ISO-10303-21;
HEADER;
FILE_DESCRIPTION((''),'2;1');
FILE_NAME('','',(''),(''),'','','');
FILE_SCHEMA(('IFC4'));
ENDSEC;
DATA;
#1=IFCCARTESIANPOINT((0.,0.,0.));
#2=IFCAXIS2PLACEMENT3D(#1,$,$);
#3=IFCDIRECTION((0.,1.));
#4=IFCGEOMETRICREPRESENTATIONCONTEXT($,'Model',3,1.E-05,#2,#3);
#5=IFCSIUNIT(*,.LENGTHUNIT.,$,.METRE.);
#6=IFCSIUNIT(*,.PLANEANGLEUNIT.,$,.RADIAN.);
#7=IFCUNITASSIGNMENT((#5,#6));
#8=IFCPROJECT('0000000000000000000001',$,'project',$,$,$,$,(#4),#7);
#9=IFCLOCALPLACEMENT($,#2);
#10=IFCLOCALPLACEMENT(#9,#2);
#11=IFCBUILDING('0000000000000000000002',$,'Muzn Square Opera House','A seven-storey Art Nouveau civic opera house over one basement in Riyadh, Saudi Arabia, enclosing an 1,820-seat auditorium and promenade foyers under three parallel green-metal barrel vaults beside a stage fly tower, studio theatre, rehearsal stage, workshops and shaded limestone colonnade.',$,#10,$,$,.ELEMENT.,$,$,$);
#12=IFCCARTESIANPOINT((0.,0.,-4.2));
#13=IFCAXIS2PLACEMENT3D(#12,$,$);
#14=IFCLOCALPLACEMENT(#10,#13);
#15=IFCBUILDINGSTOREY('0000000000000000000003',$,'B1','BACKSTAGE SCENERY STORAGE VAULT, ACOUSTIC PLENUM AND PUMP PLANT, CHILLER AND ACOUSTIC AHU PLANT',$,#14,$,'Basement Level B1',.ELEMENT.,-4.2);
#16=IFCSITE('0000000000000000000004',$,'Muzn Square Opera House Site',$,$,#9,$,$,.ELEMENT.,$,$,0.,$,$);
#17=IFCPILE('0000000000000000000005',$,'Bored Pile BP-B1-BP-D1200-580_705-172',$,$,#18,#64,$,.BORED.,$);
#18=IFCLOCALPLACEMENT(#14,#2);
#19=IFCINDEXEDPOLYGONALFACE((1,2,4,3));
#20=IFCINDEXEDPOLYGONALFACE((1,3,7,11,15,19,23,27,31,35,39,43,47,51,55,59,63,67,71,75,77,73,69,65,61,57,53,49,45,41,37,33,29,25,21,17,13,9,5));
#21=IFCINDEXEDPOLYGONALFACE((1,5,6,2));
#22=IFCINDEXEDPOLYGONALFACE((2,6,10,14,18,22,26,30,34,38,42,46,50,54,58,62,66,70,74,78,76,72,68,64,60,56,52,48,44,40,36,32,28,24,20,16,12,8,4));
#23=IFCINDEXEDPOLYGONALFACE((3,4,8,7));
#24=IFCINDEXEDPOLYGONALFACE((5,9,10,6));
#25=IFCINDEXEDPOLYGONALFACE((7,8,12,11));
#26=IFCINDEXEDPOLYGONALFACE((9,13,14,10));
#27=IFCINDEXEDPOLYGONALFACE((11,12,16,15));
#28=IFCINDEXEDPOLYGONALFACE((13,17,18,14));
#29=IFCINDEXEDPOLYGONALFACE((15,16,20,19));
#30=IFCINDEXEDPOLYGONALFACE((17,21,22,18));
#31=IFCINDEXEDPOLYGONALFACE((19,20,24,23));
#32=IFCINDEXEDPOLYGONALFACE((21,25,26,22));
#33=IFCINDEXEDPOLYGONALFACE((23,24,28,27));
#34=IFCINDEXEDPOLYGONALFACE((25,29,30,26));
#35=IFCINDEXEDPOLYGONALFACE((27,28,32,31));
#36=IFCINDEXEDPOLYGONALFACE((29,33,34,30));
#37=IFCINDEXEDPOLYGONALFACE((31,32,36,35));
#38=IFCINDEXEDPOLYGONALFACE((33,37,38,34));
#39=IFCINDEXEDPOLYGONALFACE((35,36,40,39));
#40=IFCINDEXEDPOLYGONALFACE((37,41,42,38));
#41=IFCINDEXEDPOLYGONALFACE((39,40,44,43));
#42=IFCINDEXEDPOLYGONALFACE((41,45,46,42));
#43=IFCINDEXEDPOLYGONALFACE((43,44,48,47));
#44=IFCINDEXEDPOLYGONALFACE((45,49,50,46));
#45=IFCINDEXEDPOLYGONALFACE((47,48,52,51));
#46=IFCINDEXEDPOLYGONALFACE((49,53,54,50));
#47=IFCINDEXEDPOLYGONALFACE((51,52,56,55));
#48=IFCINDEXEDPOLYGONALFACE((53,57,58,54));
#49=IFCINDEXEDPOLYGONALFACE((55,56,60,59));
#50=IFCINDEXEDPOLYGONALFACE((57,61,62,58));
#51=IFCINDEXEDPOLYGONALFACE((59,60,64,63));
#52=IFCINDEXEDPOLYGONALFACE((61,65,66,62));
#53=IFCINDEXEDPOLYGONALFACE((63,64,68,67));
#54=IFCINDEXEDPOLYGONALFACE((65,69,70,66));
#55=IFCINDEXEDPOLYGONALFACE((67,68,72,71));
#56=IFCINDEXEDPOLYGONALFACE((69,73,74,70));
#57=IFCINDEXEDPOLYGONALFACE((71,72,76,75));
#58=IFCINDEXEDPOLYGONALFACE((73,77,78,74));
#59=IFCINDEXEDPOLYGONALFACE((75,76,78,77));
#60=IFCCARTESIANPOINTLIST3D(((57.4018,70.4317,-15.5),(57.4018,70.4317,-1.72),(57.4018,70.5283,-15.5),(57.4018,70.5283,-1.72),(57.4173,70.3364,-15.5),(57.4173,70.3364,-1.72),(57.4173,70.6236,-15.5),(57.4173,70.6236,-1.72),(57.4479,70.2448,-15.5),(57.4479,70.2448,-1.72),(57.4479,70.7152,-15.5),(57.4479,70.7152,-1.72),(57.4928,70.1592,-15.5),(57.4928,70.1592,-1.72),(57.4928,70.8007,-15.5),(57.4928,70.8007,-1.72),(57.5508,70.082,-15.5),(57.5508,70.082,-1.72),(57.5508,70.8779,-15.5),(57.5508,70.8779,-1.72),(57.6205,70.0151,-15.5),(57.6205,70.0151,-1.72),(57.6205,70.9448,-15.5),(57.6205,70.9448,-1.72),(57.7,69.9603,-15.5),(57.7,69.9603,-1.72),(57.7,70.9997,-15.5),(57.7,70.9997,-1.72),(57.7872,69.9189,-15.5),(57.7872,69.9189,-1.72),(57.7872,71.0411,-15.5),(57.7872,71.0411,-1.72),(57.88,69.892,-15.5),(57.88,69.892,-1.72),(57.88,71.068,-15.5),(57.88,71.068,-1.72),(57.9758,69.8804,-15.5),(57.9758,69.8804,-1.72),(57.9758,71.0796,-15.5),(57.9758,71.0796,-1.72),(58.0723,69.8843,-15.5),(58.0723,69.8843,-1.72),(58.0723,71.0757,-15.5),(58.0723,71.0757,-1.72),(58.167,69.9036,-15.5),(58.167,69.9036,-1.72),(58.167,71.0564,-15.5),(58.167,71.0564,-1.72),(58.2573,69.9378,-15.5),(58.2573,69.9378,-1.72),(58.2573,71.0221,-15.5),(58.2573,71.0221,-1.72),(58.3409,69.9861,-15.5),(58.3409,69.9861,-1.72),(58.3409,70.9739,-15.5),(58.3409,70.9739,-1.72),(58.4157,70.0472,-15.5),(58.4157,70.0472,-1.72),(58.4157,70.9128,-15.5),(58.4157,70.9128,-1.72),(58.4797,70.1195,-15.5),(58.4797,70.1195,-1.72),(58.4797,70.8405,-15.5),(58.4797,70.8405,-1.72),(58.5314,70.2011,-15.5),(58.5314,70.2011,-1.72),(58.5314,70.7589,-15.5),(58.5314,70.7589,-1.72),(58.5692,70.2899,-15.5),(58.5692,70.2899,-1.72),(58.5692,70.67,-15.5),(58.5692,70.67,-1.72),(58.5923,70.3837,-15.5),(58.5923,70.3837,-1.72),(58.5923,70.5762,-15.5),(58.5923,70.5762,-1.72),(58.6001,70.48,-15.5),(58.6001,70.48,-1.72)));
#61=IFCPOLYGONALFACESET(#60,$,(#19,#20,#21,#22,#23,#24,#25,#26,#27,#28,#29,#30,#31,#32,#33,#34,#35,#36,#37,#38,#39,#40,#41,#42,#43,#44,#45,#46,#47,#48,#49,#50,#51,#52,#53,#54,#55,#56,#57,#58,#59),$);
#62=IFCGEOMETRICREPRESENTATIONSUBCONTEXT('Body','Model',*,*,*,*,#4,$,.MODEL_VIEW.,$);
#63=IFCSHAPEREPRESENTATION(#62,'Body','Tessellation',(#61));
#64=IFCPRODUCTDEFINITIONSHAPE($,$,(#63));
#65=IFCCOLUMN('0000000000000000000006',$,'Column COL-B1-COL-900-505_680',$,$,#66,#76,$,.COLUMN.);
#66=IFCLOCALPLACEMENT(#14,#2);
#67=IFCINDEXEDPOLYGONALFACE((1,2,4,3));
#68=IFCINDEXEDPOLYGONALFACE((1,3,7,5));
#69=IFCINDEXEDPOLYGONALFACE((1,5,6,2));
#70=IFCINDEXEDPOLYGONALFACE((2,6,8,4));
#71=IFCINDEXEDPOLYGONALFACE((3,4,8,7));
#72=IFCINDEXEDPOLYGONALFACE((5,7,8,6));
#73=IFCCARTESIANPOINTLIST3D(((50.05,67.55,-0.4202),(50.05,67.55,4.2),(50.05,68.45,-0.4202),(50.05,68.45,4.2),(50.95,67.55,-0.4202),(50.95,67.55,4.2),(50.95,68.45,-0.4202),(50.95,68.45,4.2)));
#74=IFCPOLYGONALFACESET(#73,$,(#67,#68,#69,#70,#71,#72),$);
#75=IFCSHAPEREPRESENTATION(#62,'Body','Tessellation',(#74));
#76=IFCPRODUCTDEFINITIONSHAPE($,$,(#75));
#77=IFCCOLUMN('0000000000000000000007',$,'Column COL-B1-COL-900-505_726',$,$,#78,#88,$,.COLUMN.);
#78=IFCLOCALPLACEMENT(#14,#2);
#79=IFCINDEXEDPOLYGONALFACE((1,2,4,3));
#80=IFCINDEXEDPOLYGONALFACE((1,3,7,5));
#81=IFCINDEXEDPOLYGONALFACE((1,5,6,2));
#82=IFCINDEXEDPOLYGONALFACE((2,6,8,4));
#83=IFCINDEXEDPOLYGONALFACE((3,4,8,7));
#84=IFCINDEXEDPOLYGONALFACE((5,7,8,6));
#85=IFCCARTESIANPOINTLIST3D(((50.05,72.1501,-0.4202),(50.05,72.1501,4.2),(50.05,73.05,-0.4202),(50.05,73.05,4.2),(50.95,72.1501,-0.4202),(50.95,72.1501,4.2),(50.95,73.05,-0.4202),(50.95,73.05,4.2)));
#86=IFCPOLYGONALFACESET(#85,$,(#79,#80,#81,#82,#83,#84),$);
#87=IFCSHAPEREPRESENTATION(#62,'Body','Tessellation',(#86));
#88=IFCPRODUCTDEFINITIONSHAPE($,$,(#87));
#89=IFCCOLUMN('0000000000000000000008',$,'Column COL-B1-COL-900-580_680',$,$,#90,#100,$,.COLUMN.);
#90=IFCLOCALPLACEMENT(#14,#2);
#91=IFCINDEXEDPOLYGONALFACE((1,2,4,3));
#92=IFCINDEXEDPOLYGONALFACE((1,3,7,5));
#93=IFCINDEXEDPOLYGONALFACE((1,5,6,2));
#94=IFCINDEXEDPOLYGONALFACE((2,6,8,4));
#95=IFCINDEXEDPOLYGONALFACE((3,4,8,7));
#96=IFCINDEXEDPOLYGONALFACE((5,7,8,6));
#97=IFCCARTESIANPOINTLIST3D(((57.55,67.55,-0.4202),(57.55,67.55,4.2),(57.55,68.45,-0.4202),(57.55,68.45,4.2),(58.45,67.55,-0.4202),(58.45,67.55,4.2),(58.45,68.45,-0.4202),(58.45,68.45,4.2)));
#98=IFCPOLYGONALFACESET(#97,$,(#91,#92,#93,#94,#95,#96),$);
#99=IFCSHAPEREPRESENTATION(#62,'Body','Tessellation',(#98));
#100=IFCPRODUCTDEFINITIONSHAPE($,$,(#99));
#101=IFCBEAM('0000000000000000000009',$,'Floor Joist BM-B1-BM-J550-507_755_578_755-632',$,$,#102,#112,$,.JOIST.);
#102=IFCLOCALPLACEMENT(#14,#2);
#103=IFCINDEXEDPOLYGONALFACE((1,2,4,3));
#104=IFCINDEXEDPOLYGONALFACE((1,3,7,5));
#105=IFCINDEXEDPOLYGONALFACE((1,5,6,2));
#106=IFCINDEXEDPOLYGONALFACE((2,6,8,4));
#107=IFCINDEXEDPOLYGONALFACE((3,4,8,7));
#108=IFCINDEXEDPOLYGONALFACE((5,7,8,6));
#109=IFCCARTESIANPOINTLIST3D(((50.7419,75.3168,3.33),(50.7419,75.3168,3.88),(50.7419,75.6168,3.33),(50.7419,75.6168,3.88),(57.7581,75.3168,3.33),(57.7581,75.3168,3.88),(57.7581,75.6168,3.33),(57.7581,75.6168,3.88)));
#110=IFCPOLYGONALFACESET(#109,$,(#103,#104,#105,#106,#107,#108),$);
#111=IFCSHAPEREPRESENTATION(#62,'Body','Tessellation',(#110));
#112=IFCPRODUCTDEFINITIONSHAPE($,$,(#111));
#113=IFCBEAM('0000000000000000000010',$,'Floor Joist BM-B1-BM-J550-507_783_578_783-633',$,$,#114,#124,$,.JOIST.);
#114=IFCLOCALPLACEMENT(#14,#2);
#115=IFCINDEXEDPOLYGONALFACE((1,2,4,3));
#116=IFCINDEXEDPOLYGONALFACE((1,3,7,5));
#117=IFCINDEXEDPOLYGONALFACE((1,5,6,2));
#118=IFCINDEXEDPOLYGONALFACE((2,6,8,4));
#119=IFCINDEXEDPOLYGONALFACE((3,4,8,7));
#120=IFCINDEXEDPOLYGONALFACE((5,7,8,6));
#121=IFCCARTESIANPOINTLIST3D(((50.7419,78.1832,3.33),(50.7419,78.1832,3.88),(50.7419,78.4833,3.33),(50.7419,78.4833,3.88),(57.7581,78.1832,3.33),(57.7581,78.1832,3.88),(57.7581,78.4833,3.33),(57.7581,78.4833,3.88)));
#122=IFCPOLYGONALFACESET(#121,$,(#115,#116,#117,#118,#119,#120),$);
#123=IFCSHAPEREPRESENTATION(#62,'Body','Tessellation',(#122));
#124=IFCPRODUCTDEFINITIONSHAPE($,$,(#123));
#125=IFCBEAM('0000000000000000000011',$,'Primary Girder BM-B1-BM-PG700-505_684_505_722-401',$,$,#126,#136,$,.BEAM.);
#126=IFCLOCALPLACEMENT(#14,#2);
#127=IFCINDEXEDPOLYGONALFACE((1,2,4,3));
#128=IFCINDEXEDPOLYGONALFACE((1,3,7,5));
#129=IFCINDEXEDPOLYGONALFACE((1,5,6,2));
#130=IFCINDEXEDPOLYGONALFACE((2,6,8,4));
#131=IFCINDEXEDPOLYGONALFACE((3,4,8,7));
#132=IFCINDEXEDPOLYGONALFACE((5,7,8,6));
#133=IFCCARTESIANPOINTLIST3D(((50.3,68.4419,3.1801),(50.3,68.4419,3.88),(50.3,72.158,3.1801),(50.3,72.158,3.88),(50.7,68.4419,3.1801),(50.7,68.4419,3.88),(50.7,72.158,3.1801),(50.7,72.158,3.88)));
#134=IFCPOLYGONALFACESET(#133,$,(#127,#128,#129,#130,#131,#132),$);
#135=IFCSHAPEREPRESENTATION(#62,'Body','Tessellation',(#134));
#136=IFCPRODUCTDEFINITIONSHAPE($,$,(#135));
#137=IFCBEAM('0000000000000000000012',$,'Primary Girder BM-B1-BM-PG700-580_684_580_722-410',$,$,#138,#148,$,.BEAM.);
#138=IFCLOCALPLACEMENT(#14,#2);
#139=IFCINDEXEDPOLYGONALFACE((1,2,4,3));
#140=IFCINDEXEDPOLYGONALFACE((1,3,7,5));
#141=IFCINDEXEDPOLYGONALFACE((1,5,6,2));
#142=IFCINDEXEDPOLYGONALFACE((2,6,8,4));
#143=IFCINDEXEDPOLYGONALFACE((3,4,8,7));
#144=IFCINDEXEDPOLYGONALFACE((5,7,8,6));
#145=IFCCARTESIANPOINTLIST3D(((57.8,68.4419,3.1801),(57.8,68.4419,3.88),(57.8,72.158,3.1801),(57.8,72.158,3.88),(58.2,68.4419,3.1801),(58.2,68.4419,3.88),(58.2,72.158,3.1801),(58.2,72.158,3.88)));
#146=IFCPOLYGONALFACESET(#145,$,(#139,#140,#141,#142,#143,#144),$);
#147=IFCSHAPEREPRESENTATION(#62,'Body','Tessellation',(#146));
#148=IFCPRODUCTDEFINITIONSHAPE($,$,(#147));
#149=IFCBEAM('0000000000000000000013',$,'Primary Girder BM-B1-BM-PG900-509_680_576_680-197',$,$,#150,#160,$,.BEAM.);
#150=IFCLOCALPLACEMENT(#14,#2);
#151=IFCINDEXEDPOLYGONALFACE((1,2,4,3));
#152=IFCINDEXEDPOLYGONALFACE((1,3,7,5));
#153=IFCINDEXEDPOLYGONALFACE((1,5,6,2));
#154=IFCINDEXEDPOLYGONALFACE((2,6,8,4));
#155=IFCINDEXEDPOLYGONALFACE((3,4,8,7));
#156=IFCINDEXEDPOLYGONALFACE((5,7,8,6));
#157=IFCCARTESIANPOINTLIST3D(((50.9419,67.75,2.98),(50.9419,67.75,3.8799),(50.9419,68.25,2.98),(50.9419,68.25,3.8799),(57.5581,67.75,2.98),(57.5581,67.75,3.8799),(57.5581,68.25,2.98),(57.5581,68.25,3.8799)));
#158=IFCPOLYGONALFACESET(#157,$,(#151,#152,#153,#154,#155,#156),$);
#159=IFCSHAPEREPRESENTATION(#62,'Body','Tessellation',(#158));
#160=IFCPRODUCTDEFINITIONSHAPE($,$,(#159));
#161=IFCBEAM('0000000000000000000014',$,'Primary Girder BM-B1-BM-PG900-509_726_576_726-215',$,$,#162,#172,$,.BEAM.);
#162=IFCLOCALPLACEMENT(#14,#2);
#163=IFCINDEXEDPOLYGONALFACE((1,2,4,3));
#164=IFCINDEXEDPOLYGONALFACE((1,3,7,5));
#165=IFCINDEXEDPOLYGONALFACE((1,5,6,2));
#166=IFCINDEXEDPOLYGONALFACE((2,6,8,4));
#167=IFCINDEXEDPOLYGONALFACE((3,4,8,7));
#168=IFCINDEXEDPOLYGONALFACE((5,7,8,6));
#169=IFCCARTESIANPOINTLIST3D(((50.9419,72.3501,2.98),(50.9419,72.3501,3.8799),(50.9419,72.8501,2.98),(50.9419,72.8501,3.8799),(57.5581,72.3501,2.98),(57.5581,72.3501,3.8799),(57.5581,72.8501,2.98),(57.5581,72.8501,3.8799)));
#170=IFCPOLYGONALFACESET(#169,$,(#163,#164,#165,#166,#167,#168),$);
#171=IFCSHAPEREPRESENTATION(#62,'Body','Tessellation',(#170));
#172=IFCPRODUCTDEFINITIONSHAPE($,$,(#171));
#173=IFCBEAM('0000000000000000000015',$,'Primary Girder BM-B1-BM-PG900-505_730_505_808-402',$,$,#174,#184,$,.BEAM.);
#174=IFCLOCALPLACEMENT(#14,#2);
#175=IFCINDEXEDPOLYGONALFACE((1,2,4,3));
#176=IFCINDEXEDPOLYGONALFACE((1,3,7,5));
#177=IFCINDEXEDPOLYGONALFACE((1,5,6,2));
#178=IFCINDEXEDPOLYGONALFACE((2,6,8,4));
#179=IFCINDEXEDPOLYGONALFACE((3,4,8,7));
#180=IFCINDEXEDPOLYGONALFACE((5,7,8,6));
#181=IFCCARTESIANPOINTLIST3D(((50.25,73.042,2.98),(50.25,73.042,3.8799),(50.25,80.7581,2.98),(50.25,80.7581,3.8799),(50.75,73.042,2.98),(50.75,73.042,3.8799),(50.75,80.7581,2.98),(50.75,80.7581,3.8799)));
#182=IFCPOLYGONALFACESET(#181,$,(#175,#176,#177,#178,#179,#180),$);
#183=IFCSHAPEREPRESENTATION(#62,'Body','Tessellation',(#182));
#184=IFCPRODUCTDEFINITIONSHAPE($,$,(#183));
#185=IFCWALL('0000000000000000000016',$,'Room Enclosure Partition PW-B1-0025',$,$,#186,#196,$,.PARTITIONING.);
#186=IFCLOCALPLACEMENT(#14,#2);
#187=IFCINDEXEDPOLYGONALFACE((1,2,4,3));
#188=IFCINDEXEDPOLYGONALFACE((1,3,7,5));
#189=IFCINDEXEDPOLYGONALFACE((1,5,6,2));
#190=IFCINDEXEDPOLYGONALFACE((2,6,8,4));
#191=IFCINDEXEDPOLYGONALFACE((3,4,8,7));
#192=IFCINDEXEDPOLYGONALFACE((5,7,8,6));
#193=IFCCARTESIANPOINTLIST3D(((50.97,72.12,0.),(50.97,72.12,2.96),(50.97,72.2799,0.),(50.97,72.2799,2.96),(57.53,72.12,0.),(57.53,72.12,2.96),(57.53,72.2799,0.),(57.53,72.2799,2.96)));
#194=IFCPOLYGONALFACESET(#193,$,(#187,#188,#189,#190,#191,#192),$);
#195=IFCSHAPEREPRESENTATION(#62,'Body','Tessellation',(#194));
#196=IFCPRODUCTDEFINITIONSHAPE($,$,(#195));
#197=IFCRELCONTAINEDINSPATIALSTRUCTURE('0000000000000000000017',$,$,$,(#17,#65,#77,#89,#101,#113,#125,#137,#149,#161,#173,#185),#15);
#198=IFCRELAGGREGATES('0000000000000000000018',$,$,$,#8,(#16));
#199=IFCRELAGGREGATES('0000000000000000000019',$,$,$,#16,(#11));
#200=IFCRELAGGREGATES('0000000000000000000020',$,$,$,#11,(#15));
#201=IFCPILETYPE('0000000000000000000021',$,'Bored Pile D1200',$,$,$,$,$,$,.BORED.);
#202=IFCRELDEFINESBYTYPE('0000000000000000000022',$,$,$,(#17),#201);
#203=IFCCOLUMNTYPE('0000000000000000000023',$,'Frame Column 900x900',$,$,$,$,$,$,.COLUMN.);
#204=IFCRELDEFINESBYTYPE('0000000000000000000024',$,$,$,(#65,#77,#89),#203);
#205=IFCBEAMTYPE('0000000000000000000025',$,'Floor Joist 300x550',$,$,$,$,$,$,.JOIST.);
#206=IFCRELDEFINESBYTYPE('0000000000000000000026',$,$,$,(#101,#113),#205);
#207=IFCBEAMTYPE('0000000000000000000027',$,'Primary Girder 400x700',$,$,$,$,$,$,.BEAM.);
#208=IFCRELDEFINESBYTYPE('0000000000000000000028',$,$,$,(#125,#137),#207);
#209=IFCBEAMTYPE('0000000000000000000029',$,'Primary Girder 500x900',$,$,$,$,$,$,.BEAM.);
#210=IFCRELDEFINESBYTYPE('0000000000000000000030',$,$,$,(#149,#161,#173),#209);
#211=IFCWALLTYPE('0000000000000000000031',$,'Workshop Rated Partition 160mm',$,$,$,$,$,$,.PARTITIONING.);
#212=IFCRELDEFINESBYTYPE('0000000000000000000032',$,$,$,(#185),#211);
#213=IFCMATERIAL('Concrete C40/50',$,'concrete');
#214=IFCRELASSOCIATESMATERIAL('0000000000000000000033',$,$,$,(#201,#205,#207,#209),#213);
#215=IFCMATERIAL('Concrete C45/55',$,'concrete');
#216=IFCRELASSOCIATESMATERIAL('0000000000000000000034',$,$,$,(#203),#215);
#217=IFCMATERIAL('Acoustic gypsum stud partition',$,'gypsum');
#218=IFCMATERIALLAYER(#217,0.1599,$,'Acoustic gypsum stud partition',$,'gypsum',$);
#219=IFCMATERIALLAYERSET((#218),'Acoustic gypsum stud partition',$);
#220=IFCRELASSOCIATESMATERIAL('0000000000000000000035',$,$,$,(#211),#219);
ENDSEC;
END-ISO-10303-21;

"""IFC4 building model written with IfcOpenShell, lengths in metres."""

from ifc_helpers import new_model, si_unit, direction, frame, frame_2d, origin, origin_2d, place, context, subcontext, project, spatial, rectangle, circle, extrude, material, layer, layer_set, material_profile, profile_set, type_object, element, save


model = new_model("IFC4")

# Units and contexts
model_context = context("Model", 3, precision=1e-05, world=origin(), true_north=direction((0.0, 1.0)))
body_context = subcontext(model_context, "Body", "Model", "MODEL_VIEW")
ifc_project = project(units=[si_unit("LENGTHUNIT", "METRE"), si_unit("PLANEANGLEUNIT", "RADIAN")], contexts=[model_context])

# Site, building, storey
site_placement = place(None, origin())
site = spatial("IfcSite", under=ifc_project, at=site_placement, Name="Muzn Square Opera House Site", CompositionType="ELEMENT", RefElevation=0.0)
building_placement = place(site_placement, origin())
building = spatial("IfcBuilding", under=site, at=building_placement, Name="Muzn Square Opera House", Description="A seven-storey Art Nouveau civic opera house over one basement in Riyadh, Saudi Arabia, enclosing an 1,820-seat auditorium and promenade foyers under three parallel green-metal barrel vaults beside a stage fly tower, studio theatre, rehearsal stage, workshops and shaded limestone colonnade.", CompositionType="ELEMENT")
storey_placement = place(building_placement, frame((0.0, 0.0, -4.2)))
storey = spatial("IfcBuildingStorey", under=building, at=storey_placement, Name="B1", Description="BACKSTAGE SCENERY STORAGE VAULT, ACOUSTIC PLENUM AND PUMP PLANT, CHILLER AND ACOUSTIC AHU PLANT", LongName="Basement Level B1", CompositionType="ELEMENT", Elevation=-4.2)

# Pile
ifc_material_1 = material(Name="Concrete C40/50", Category="concrete")
ifc_material_profile_1 = material_profile(ifc_material_1, circle(Radius=0.6001, at=origin_2d()), Name="BORED PILE D1200", Category="concrete")
ifc_profile_set_1 = profile_set([ifc_material_profile_1], Name="Concrete C40/50")
pile_type = type_object("IfcPileType", Name="Bored Pile D1200", PredefinedType="BORED", material=ifc_profile_set_1)
for number, where, z_axis, x_axis, name in (
    (1, (58.0, 70.48, -1.72), (0.0, 0.0, -1.0), (1.0, 0.0, 0.0), "Bored Pile BP-B1-BP-D1200-580_705-172"),
):
    element("IfcPile", number, at=place(storey_placement, frame(where, z_axis=z_axis, x_axis=x_axis)), inside=storey, type_object=pile_type, Name=name, PredefinedType="BORED", context=body_context, shape_type="SweptSolid", body=[
        extrude(circle(Radius=0.6001, at=origin_2d()), origin(), (0.0, 0.0, 1.0), 13.78),
    ])

# Columns
ifc_material_2 = material(Name="Concrete C45/55", Category="concrete")
ifc_material_profile_2 = material_profile(ifc_material_2, rectangle(XDim=0.8999, YDim=0.8999, at=origin_2d()), Name="RC 900x900", Category="concrete")
ifc_profile_set_2 = profile_set([ifc_material_profile_2], Name="Concrete C45/55")
column_type = type_object("IfcColumnType", Name="Frame Column 900x900", PredefinedType="COLUMN", material=ifc_profile_set_2)
for number, where, z_axis, x_axis, name in (
    (2, (50.5, 68.0, -0.4202), (0.0, 0.0, 1.0), (1.0, 0.0, 0.0), "Column COL-B1-COL-900-505_680"),
    (3, (50.5, 72.6001, -0.4202), (0.0, 0.0, 1.0), (1.0, 0.0, 0.0), "Column COL-B1-COL-900-505_726"),
    (4, (58.0, 68.0, -0.4202), (0.0, 0.0, 1.0), (1.0, 0.0, 0.0), "Column COL-B1-COL-900-580_680"),
):
    element("IfcColumn", number, at=place(storey_placement, frame(where, z_axis=z_axis, x_axis=x_axis)), inside=storey, type_object=column_type, Name=name, PredefinedType="COLUMN", context=body_context, shape_type="SweptSolid", body=[
        extrude(rectangle(XDim=0.8999, YDim=0.8999, at=origin_2d()), origin(), (0.0, 0.0, 1.0), 4.6201),
    ])

# Beams
ifc_material_profile_3 = material_profile(ifc_material_1, rectangle(XDim=0.3, YDim=0.55, at=origin_2d()), Name="RCJ 300x550", Category="concrete")
ifc_profile_set_3 = profile_set([ifc_material_profile_3], Name="Concrete C40/50")
beam_type_1 = type_object("IfcBeamType", Name="Floor Joist 300x550", PredefinedType="JOIST", material=ifc_profile_set_3)
for number, where, z_axis, x_axis, name in (
    (5, (50.7419, 75.4668, 3.605), (1.0, 0.0, 0.0), (0.0, 1.0, 0.0), "Floor Joist BM-B1-BM-J550-507_755_578_755-632"),
    (6, (50.7419, 78.3333, 3.605), (1.0, 0.0, 0.0), (0.0, 1.0, 0.0), "Floor Joist BM-B1-BM-J550-507_783_578_783-633"),
):
    element("IfcBeam", number, at=place(storey_placement, frame(where, z_axis=z_axis, x_axis=x_axis)), inside=storey, type_object=beam_type_1, Name=name, PredefinedType="JOIST", context=body_context, shape_type="SweptSolid", body=[
        extrude(rectangle(XDim=0.3, YDim=0.55, at=origin_2d()), origin(), (0.0, 0.0, 1.0), 7.0161),
    ])
ifc_material_profile_4 = material_profile(ifc_material_1, rectangle(XDim=0.3999, YDim=0.7, at=origin_2d()), Name="RCB 400x700", Category="concrete")
ifc_profile_set_4 = profile_set([ifc_material_profile_4], Name="Concrete C40/50")
beam_type_2 = type_object("IfcBeamType", Name="Primary Girder 400x700", PredefinedType="BEAM", material=ifc_profile_set_4)
for number, where, z_axis, x_axis, name in (
    (7, (50.5, 68.4419, 3.53), (0.0, 1.0, 0.0), (-1.0, 0.0, 0.0), "Primary Girder BM-B1-BM-PG700-505_684_505_722-401"),
    (8, (58.0, 68.4419, 3.53), (0.0, 1.0, 0.0), (-1.0, 0.0, 0.0), "Primary Girder BM-B1-BM-PG700-580_684_580_722-410"),
):
    element("IfcBeam", number, at=place(storey_placement, frame(where, z_axis=z_axis, x_axis=x_axis)), inside=storey, type_object=beam_type_2, Name=name, PredefinedType="BEAM", context=body_context, shape_type="SweptSolid", body=[
        extrude(rectangle(XDim=0.3999, YDim=0.7, at=origin_2d()), origin(), (0.0, 0.0, 1.0), 3.7161),
    ])
ifc_material_profile_5 = material_profile(ifc_material_1, rectangle(XDim=0.5, YDim=0.8999, at=origin_2d()), Name="RCB 500x900", Category="concrete")
ifc_profile_set_5 = profile_set([ifc_material_profile_5], Name="Concrete C40/50")
beam_type_3 = type_object("IfcBeamType", Name="Primary Girder 500x900", PredefinedType="BEAM", material=ifc_profile_set_5)
for number, where, z_axis, x_axis, name in (
    (9, (50.9419, 68.0, 3.4299), (1.0, 0.0, 0.0), (0.0, 1.0, 0.0), "Primary Girder BM-B1-BM-PG900-509_680_576_680-197"),
    (10, (50.9419, 72.6001, 3.4299), (1.0, 0.0, 0.0), (0.0, 1.0, 0.0), "Primary Girder BM-B1-BM-PG900-509_726_576_726-215"),
):
    element("IfcBeam", number, at=place(storey_placement, frame(where, z_axis=z_axis, x_axis=x_axis)), inside=storey, type_object=beam_type_3, Name=name, PredefinedType="BEAM", context=body_context, shape_type="SweptSolid", body=[
        extrude(rectangle(XDim=0.5, YDim=0.8999, at=origin_2d()), origin(), (0.0, 0.0, 1.0), 6.6162),
    ])
beam_placement = place(storey_placement, frame((50.5, 73.042, 3.4299), z_axis=(0.0, 1.0, 0.0), x_axis=(-1.0, 0.0, 0.0)))
element("IfcBeam", 11, at=beam_placement, inside=storey, type_object=beam_type_3, Name="Primary Girder BM-B1-BM-PG900-505_730_505_808-402", PredefinedType="BEAM", context=body_context, shape_type="SweptSolid", body=[
    extrude(rectangle(XDim=0.5, YDim=0.8999, at=origin_2d()), origin(), (0.0, 0.0, 1.0), 7.7161),
])

# Wall
ifc_material_3 = material(Name="Acoustic gypsum stud partition", Category="gypsum")
ifc_layer = layer(ifc_material_3, 0.1599, Name="Acoustic gypsum stud partition", Category="gypsum")
ifc_layer_set = layer_set([ifc_layer], Name="Acoustic gypsum stud partition")
wall_type = type_object("IfcWallType", Name="Workshop Rated Partition 160mm", PredefinedType="PARTITIONING", material=ifc_layer_set)
for number, where, z_axis, x_axis, name in (
    (12, (50.97, 72.2, 0.0), (0.0, 0.0, 1.0), (1.0, 0.0, 0.0), "Room Enclosure Partition PW-B1-0025"),
):
    element("IfcWall", number, at=place(storey_placement, frame(where, z_axis=z_axis, x_axis=x_axis)), inside=storey, type_object=wall_type, Name=name, PredefinedType="PARTITIONING", context=body_context, shape_type="SweptSolid", body=[
        extrude(rectangle(XDim=6.5601, YDim=0.1599, at=frame_2d((3.28, 0.0))), origin(), (0.0, 0.0, 1.0), 2.96),
    ])

save(model, "model.ifc")
